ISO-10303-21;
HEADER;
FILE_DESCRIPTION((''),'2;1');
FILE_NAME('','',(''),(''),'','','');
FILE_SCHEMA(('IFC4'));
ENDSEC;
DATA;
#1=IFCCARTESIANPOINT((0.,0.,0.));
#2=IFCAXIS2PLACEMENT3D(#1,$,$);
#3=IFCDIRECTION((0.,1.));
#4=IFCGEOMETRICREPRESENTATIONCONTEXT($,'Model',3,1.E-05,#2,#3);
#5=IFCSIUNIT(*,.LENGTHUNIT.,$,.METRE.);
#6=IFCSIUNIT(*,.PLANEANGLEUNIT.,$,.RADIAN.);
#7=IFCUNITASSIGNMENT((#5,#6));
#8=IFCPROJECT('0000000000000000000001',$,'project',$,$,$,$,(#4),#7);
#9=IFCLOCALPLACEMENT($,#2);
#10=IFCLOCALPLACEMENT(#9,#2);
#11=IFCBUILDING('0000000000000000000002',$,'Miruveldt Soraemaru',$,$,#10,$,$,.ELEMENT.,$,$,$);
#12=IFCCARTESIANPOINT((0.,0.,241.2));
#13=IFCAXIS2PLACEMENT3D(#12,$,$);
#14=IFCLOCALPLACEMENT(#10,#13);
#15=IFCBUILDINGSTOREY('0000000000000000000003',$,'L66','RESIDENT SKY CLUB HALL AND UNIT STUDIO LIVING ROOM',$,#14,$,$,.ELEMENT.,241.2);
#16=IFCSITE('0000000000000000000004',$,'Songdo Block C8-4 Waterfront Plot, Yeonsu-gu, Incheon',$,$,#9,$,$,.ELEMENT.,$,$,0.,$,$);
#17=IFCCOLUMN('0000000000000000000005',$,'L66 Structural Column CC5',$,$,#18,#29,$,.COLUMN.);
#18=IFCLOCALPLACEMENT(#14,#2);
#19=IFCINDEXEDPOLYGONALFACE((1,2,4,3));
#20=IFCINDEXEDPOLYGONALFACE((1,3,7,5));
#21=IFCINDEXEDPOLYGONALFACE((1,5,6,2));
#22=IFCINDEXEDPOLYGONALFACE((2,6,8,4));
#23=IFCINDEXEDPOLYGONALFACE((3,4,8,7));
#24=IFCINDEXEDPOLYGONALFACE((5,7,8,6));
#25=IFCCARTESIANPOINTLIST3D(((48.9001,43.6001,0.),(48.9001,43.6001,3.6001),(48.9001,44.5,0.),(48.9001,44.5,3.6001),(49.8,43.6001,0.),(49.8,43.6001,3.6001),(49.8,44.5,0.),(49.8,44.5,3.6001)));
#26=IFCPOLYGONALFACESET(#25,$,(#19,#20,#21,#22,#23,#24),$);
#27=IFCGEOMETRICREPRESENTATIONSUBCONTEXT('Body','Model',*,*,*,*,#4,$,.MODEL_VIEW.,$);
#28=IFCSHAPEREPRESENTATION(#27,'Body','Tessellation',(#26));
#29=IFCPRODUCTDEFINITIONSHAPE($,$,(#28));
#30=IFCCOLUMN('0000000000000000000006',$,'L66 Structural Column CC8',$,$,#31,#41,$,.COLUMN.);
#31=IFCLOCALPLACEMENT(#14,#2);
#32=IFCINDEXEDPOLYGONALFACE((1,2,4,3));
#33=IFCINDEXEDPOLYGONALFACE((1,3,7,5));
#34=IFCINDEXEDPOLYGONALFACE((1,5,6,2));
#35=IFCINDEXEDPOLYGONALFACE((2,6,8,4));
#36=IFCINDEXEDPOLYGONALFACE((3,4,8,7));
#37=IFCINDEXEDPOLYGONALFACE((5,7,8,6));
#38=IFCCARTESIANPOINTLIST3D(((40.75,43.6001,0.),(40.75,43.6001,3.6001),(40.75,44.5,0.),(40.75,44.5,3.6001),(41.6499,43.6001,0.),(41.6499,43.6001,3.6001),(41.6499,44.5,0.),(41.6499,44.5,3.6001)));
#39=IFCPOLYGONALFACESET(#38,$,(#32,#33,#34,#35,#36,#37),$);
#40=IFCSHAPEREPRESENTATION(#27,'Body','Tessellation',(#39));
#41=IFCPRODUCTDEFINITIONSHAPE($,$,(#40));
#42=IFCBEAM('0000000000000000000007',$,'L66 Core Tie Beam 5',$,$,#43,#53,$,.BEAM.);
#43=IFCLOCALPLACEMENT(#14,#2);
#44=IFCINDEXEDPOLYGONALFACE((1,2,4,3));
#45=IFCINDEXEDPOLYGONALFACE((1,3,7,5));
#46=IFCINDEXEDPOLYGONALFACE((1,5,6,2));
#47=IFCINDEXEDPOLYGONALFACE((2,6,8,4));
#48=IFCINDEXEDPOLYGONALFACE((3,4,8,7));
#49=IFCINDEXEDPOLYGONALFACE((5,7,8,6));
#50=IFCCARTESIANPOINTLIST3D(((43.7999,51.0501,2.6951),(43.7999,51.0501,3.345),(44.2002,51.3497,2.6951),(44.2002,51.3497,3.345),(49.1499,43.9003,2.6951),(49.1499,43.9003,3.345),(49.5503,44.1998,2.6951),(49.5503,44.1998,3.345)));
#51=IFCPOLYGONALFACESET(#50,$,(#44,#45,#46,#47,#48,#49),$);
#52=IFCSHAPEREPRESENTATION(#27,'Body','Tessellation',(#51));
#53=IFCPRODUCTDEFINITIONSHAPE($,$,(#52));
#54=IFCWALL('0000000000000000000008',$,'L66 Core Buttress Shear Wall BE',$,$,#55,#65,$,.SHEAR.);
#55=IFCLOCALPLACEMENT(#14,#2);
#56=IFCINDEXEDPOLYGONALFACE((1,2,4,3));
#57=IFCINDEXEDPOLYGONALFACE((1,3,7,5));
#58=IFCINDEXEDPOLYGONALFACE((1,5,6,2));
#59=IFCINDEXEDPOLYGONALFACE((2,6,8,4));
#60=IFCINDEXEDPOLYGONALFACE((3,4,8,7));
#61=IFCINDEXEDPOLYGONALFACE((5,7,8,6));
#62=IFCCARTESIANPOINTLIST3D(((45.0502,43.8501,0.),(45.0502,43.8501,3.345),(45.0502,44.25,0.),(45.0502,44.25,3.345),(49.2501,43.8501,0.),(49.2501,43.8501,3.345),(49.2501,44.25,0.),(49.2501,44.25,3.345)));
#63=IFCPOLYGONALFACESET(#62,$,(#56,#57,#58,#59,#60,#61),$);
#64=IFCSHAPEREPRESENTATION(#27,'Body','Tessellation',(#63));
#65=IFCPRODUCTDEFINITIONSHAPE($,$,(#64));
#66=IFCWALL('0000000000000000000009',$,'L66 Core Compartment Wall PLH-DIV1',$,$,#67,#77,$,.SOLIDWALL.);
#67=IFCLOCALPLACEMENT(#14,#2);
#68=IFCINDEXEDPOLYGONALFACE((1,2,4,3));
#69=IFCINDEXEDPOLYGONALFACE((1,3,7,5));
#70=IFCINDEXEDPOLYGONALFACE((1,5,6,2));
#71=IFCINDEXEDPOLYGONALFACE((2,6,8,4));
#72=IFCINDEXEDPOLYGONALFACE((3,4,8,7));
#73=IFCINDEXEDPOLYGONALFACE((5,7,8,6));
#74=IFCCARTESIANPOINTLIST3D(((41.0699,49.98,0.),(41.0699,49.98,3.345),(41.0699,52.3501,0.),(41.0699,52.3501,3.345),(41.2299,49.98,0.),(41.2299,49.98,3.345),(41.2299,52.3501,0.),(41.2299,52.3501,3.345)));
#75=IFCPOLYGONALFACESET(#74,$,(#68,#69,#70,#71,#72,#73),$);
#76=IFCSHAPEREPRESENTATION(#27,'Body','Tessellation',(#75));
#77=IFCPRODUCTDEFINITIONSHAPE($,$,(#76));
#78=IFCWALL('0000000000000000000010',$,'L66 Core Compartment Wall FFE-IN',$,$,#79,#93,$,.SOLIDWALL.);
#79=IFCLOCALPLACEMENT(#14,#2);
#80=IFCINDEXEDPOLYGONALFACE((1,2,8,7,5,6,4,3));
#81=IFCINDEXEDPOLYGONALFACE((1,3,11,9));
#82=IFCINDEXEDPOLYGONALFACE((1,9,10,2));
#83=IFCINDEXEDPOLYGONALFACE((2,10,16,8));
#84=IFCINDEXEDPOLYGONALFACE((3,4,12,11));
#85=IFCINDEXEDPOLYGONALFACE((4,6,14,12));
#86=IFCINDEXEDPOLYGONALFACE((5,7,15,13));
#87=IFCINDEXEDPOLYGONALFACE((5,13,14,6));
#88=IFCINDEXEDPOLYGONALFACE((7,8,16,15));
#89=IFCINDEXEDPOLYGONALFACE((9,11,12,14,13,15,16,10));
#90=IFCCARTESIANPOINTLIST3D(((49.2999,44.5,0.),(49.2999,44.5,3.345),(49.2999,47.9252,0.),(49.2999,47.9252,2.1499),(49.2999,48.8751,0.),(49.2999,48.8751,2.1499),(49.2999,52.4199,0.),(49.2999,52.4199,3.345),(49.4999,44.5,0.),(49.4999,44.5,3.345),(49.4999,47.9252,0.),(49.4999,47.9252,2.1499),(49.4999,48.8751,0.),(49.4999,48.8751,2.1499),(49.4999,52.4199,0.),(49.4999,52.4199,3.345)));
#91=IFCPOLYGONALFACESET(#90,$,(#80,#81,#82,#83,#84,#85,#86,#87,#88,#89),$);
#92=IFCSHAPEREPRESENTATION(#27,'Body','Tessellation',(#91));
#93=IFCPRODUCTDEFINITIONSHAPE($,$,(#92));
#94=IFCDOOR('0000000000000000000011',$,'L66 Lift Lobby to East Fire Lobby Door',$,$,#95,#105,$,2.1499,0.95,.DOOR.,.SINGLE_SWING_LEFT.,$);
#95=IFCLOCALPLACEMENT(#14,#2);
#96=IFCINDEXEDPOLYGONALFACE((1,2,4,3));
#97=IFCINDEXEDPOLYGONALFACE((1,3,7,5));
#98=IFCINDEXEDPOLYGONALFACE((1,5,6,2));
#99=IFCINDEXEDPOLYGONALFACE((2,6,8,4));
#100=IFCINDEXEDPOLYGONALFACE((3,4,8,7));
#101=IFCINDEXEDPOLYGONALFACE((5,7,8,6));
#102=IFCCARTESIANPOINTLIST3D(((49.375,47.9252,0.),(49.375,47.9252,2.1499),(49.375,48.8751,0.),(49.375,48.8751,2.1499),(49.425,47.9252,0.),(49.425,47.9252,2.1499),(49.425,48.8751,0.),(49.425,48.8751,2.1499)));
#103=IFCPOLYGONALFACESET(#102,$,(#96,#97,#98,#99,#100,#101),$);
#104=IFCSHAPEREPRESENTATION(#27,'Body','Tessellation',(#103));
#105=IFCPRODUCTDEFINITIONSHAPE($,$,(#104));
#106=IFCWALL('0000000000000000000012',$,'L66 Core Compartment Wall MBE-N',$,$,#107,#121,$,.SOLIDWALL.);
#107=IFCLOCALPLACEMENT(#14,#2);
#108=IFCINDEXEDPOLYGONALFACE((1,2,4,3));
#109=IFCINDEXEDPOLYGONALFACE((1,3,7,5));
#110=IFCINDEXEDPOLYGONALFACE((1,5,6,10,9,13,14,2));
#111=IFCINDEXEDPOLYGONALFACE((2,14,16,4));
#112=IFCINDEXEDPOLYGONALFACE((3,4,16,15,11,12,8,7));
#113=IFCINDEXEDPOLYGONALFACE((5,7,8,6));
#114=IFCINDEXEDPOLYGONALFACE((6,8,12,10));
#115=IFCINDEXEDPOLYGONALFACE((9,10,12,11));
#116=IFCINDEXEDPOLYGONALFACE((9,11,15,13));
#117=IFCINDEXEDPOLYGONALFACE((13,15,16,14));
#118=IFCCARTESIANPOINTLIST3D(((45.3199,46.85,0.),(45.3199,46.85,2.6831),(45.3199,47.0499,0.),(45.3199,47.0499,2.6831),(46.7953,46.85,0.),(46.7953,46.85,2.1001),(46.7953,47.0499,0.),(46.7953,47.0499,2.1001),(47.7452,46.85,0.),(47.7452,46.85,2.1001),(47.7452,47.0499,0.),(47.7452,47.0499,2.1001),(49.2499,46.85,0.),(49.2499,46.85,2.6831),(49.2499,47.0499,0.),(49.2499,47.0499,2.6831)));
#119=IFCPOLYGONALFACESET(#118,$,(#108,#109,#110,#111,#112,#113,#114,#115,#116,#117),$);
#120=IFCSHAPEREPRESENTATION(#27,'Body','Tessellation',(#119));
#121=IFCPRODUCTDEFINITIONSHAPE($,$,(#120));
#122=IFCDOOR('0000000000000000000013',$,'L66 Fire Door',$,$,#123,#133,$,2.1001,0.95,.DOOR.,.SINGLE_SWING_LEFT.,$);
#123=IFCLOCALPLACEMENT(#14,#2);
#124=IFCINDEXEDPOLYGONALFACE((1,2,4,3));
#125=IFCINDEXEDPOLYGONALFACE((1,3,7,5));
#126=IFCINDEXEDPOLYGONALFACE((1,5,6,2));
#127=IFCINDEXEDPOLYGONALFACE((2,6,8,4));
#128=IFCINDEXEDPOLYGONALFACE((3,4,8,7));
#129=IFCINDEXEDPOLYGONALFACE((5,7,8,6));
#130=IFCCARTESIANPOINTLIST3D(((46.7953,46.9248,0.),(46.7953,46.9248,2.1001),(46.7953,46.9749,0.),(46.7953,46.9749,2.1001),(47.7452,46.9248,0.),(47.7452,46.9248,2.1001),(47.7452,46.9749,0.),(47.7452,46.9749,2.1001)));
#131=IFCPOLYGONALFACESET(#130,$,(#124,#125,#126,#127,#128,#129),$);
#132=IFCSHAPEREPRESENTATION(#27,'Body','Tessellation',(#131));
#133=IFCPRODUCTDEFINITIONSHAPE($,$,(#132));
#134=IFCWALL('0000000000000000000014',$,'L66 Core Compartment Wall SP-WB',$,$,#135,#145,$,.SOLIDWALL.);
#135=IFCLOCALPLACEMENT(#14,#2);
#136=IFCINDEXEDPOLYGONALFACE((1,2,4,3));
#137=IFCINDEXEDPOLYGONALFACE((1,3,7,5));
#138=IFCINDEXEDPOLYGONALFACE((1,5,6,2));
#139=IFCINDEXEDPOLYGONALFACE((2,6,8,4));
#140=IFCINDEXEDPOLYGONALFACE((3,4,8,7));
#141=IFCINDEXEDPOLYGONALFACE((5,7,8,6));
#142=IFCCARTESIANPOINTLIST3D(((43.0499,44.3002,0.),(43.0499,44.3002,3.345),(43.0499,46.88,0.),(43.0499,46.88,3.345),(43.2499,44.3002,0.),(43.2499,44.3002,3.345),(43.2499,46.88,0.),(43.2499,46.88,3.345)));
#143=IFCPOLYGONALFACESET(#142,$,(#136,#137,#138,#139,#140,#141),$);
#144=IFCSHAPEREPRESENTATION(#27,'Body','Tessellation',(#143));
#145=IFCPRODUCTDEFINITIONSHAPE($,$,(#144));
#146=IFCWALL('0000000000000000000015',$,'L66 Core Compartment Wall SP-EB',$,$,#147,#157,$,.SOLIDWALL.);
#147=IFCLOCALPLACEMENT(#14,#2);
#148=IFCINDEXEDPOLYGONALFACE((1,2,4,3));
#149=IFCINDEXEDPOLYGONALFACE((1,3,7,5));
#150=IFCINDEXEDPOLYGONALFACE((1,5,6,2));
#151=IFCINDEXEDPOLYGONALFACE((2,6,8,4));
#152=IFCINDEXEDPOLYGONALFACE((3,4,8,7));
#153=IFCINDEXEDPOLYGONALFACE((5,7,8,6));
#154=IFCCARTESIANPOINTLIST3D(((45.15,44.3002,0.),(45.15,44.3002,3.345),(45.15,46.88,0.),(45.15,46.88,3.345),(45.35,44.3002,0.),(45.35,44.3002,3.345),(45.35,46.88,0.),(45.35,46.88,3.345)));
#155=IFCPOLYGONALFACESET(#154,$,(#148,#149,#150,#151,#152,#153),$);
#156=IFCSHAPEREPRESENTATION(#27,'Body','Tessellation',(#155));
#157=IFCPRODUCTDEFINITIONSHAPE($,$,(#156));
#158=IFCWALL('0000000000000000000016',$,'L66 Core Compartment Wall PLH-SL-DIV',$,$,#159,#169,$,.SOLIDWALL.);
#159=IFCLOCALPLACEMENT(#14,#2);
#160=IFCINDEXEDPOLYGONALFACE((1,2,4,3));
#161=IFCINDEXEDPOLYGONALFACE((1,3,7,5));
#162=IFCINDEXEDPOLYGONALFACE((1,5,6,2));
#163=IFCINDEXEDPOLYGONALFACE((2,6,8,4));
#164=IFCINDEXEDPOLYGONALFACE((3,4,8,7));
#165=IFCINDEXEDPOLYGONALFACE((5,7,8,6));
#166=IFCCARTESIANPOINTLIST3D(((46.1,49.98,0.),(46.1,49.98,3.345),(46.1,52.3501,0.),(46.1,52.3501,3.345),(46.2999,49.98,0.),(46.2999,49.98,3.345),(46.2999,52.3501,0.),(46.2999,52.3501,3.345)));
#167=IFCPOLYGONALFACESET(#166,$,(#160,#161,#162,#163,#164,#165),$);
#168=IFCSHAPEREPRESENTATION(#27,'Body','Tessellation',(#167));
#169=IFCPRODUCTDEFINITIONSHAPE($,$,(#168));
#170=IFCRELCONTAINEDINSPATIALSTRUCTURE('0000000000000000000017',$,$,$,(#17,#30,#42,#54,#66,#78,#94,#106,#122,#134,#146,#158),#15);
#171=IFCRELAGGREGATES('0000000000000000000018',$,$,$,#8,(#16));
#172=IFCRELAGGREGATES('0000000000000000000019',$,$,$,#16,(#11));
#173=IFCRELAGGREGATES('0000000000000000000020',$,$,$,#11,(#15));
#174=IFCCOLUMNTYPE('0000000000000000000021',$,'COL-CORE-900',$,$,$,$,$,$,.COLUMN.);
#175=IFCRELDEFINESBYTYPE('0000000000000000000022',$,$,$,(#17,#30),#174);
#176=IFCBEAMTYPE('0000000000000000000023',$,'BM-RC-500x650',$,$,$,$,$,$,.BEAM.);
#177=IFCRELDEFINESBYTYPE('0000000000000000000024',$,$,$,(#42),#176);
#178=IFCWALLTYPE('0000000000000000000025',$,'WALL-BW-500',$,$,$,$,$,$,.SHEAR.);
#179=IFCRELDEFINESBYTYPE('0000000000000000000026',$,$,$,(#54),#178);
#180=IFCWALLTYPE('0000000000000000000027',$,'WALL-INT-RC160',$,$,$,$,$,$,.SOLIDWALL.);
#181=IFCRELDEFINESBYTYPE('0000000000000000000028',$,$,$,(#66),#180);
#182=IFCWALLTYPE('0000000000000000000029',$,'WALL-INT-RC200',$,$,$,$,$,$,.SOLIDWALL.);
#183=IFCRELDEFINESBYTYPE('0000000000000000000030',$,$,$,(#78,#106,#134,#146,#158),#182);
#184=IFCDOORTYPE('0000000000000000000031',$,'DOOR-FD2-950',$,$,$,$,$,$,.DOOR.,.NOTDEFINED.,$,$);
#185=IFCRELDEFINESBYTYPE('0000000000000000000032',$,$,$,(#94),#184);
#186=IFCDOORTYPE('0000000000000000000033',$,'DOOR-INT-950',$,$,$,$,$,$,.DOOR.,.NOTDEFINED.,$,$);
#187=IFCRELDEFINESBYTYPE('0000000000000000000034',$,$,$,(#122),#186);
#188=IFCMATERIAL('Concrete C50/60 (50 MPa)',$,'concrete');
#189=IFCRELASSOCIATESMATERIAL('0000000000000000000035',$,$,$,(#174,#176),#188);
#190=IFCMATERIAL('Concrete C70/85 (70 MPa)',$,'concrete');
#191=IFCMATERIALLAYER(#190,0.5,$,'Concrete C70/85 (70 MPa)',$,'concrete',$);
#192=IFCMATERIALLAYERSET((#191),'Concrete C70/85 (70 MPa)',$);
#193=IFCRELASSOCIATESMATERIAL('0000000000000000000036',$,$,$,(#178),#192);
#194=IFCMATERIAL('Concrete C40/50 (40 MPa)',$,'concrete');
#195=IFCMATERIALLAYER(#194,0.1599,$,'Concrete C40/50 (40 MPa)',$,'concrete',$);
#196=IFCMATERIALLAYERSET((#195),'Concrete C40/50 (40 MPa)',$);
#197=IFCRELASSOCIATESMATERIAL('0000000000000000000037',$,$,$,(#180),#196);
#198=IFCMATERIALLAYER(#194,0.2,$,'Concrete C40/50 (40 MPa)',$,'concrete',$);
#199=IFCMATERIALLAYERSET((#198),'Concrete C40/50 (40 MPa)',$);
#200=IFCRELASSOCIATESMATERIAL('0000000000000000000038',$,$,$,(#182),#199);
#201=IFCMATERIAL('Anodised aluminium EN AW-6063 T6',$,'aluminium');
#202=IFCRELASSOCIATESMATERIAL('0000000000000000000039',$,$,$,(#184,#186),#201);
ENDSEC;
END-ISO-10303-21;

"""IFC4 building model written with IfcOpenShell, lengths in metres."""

from ifc_helpers import new_model, si_unit, direction, frame, frame_2d, origin, origin_2d, place, context, subcontext, project, spatial, rectangle, extrude, material, layer, layer_set, material_profile, profile_set, type_object, element, fill, save


model = new_model("IFC4")

# Units and contexts
model_context = context("Model", 3, precision=1e-05, world=origin(), true_north=direction((0.0, 1.0)))
body_context = subcontext(model_context, "Body", "Model", "MODEL_VIEW")
ifc_project = project(units=[si_unit("LENGTHUNIT", "METRE"), si_unit("PLANEANGLEUNIT", "RADIAN")], contexts=[model_context])

# Site, building, storey
site_placement = place(None, origin())
site = spatial("IfcSite", under=ifc_project, at=site_placement, Name="Songdo Block C8-4 Waterfront Plot, Yeonsu-gu, Incheon", CompositionType="ELEMENT", RefElevation=0.0)
building_placement = place(site_placement, origin())
building = spatial("IfcBuilding", under=site, at=building_placement, Name="Miruveldt Soraemaru", CompositionType="ELEMENT")
storey_placement = place(building_placement, frame((0.0, 0.0, 241.2)))
storey = spatial("IfcBuildingStorey", under=building, at=storey_placement, Name="L66", Description="RESIDENT SKY CLUB HALL AND UNIT STUDIO LIVING ROOM", CompositionType="ELEMENT", Elevation=241.2)

# Columns
ifc_material_1 = material(Name="Concrete C50/60 (50 MPa)", Category="concrete")
ifc_material_profile_1 = material_profile(ifc_material_1, rectangle(XDim=0.8999, YDim=0.8999, at=origin_2d()), Name="Concrete C50/60 (50 MPa)", Category="concrete")
ifc_profile_set_1 = profile_set([ifc_material_profile_1], Name="Concrete C50/60 (50 MPa)")
column_type = type_object("IfcColumnType", Name="COL-CORE-900", PredefinedType="COLUMN", material=ifc_profile_set_1)
for number, where, z_axis, x_axis, name in (
    (1, (49.3501, 44.05, 0.0), (0.0, 0.0, 1.0), (1.0, 0.0, 0.0), "L66 Structural Column CC5"),
    (2, (41.2, 44.05, 0.0), (0.0, 0.0, 1.0), (1.0, 0.0, 0.0), "L66 Structural Column CC8"),
):
    element("IfcColumn", number, at=place(storey_placement, frame(where, z_axis=z_axis, x_axis=x_axis)), inside=storey, type_object=column_type, Name=name, PredefinedType="COLUMN", context=body_context, shape_type="SweptSolid", body=[
        extrude(rectangle(XDim=0.8999, YDim=0.8999, at=origin_2d()), origin(), (0.0, 0.0, 1.0), 3.6001),
    ])

# Beam
ifc_material_profile_2 = material_profile(ifc_material_1, rectangle(XDim=0.5, YDim=0.6499, at=origin_2d()), Name="Concrete C50/60 (50 MPa)", Category="concrete")
ifc_profile_set_2 = profile_set([ifc_material_profile_2], Name="Concrete C50/60 (50 MPa)")
beam_type = type_object("IfcBeamType", Name="BM-RC-500x650", PredefinedType="BEAM", material=ifc_profile_set_2)
beam_placement = place(storey_placement, frame((49.3501, 44.05, 3.02), z_axis=(-0.599116, 0.800662, 0.0), x_axis=(-0.800662, -0.599116, 0.0)))
element("IfcBeam", 3, at=beam_placement, inside=storey, type_object=beam_type, Name="L66 Core Tie Beam 5", PredefinedType="BEAM", context=body_context, shape_type="SweptSolid", body=[
    extrude(rectangle(XDim=0.5, YDim=0.6499, at=origin_2d()), origin(), (0.0, 0.0, 1.0), 8.9299),
])

# Walls
ifc_material_2 = material(Name="Concrete C70/85 (70 MPa)", Category="concrete")
ifc_layer_1 = layer(ifc_material_2, 0.5, Name="Concrete C70/85 (70 MPa)", Category="concrete")
ifc_layer_set_1 = layer_set([ifc_layer_1], Name="Concrete C70/85 (70 MPa)")
wall_type_1 = type_object("IfcWallType", Name="WALL-BW-500", PredefinedType="SHEAR", material=ifc_layer_set_1)
wall_1_placement = place(storey_placement, frame((45.05, 44.05, 0.0), z_axis=(0.0, 0.0, 1.0), x_axis=(1.0, 0.0, 0.0)))
element("IfcWall", 4, at=wall_1_placement, inside=storey, type_object=wall_type_1, Name="L66 Core Buttress Shear Wall BE", PredefinedType="SHEAR", context=body_context, shape_type="SweptSolid", body=[
    extrude(rectangle(XDim=4.2, YDim=0.3999, at=frame_2d((2.1001, 0.0))), origin(), (0.0, 0.0, 1.0), 3.345),
])
ifc_material_3 = material(Name="Concrete C40/50 (40 MPa)", Category="concrete")
ifc_layer_2 = layer(ifc_material_3, 0.1599, Name="Concrete C40/50 (40 MPa)", Category="concrete")
ifc_layer_set_2 = layer_set([ifc_layer_2], Name="Concrete C40/50 (40 MPa)")
wall_type_2 = type_object("IfcWallType", Name="WALL-INT-RC160", PredefinedType="SOLIDWALL", material=ifc_layer_set_2)
wall_2_placement = place(storey_placement, frame((41.1499, 49.98, 0.0), z_axis=(0.0, 0.0, 1.0), x_axis=(0.0, 1.0, 0.0)))
element("IfcWall", 5, at=wall_2_placement, inside=storey, type_object=wall_type_2, Name="L66 Core Compartment Wall PLH-DIV1", PredefinedType="SOLIDWALL", context=body_context, shape_type="SweptSolid", body=[
    extrude(rectangle(XDim=2.3701, YDim=0.1599, at=frame_2d((1.1851, 0.0))), origin(), (0.0, 0.0, 1.0), 3.345),
])

# Wall, opening, door
ifc_layer_3 = layer(ifc_material_3, 0.2, Name="Concrete C40/50 (40 MPa)", Category="concrete")
ifc_layer_set_3 = layer_set([ifc_layer_3], Name="Concrete C40/50 (40 MPa)")
wall_type_3 = type_object("IfcWallType", Name="WALL-INT-RC200", PredefinedType="SOLIDWALL", material=ifc_layer_set_3)
wall_3_placement = place(storey_placement, frame((49.3999, 44.5, 0.0), z_axis=(0.0, 0.0, 1.0), x_axis=(0.0, 1.0, 0.0)))
wall_3 = element("IfcWall", 6, at=wall_3_placement, inside=storey, type_object=wall_type_3, Name="L66 Core Compartment Wall FFE-IN", PredefinedType="SOLIDWALL", context=body_context, shape_type="SweptSolid", body=[
    extrude(rectangle(XDim=7.9199, YDim=0.2, at=frame_2d((3.96, 0.0))), origin(), (0.0, 0.0, 1.0), 3.345),
])
opening_1_placement = place(wall_3_placement, frame((3.425, 0.0, 0.0)))
opening_1 = element("IfcOpeningElement", 7, at=opening_1_placement, cuts=wall_3, PredefinedType="OPENING", context=body_context, shape_type="SweptSolid", body=[
    extrude(rectangle(XDim=0.95, YDim=2.1499, at=frame_2d((0.4751, 1.075))), frame((0.0, 0.1099, 0.0), z_axis=(0.0, -1.0, 0.0), x_axis=(1.0, 0.0, 0.0)), (0.0, 0.0, 1.0), 0.22),
])
ifc_material_4 = material(Name="Anodised aluminium EN AW-6063 T6", Category="aluminium")
door_type_1 = type_object("IfcDoorType", Name="DOOR-FD2-950", OperationType="NOTDEFINED", PredefinedType="DOOR", material=ifc_material_4)
door_1_placement = place(opening_1_placement, origin())
door_1 = element("IfcDoor", 8, at=door_1_placement, inside=storey, type_object=door_type_1, Name="L66 Lift Lobby to East Fire Lobby Door", OperationType="SINGLE_SWING_LEFT", OverallHeight=2.1499, OverallWidth=0.95, PredefinedType="DOOR", context=body_context, shape_type="SweptSolid", body=[
    extrude(rectangle(XDim=0.95, YDim=2.1499, at=frame_2d((0.4751, 1.075))), frame((0.0, 0.0249, 0.0), z_axis=(0.0, -1.0, 0.0), x_axis=(1.0, 0.0, 0.0)), (0.0, 0.0, 1.0), 0.05),
])
fill(opening_1, door_1)

# Wall, opening, door
wall_4_placement = place(storey_placement, frame((45.3201, 46.95, 0.0), z_axis=(0.0, 0.0, 1.0), x_axis=(1.0, 0.0, 0.0)))
wall_4 = element("IfcWall", 9, at=wall_4_placement, inside=storey, type_object=wall_type_3, Name="L66 Core Compartment Wall MBE-N", PredefinedType="SOLIDWALL", context=body_context, shape_type="SweptSolid", body=[
    extrude(rectangle(XDim=3.9299, YDim=0.2, at=frame_2d((1.9648, 0.0))), origin(), (0.0, 0.0, 1.0), 2.6831),
])
opening_2_placement = place(wall_4_placement, frame((1.4751, 0.0, 0.0)))
opening_2 = element("IfcOpeningElement", 10, at=opening_2_placement, cuts=wall_4, PredefinedType="OPENING", context=body_context, shape_type="SweptSolid", body=[
    extrude(rectangle(XDim=0.95, YDim=2.1001, at=frame_2d((0.4751, 1.05))), frame((0.0, 0.1099, 0.0), z_axis=(0.0, -1.0, 0.0), x_axis=(1.0, 0.0, 0.0)), (0.0, 0.0, 1.0), 0.22),
])
door_type_2 = type_object("IfcDoorType", Name="DOOR-INT-950", OperationType="NOTDEFINED", PredefinedType="DOOR", material=ifc_material_4)
door_2_placement = place(opening_2_placement, origin())
door_2 = element("IfcDoor", 11, at=door_2_placement, inside=storey, type_object=door_type_2, Name="L66 Fire Door", OperationType="SINGLE_SWING_LEFT", OverallHeight=2.1001, OverallWidth=0.95, PredefinedType="DOOR", context=body_context, shape_type="SweptSolid", body=[
    extrude(rectangle(XDim=0.95, YDim=2.1001, at=frame_2d((0.4751, 1.05))), frame((0.0, 0.0249, 0.0), z_axis=(0.0, -1.0, 0.0), x_axis=(1.0, 0.0, 0.0)), (0.0, 0.0, 1.0), 0.05),
])
fill(opening_2, door_2)

# Walls
for number, where, z_axis, x_axis, name in (
    (12, (43.1499, 44.3, 0.0), (0.0, 0.0, 1.0), (0.0, 1.0, 0.0), "L66 Core Compartment Wall SP-WB"),
    (13, (45.25, 44.3, 0.0), (0.0, 0.0, 1.0), (0.0, 1.0, 0.0), "L66 Core Compartment Wall SP-EB"),
):
    element("IfcWall", number, at=place(storey_placement, frame(where, z_axis=z_axis, x_axis=x_axis)), inside=storey, type_object=wall_type_3, Name=name, PredefinedType="SOLIDWALL", context=body_context, shape_type="SweptSolid", body=[
        extrude(rectangle(XDim=2.5798, YDim=0.2, at=frame_2d((1.29, 0.0))), origin(), (0.0, 0.0, 1.0), 3.345),
    ])
wall_5_placement = place(storey_placement, frame((46.2, 49.98, 0.0), z_axis=(0.0, 0.0, 1.0), x_axis=(0.0, 1.0, 0.0)))
element("IfcWall", 14, at=wall_5_placement, inside=storey, type_object=wall_type_3, Name="L66 Core Compartment Wall PLH-SL-DIV", PredefinedType="SOLIDWALL", context=body_context, shape_type="SweptSolid", body=[
    extrude(rectangle(XDim=2.3701, YDim=0.2, at=frame_2d((1.1851, 0.0))), origin(), (0.0, 0.0, 1.0), 3.345),
])

save(model, "model.ifc")
